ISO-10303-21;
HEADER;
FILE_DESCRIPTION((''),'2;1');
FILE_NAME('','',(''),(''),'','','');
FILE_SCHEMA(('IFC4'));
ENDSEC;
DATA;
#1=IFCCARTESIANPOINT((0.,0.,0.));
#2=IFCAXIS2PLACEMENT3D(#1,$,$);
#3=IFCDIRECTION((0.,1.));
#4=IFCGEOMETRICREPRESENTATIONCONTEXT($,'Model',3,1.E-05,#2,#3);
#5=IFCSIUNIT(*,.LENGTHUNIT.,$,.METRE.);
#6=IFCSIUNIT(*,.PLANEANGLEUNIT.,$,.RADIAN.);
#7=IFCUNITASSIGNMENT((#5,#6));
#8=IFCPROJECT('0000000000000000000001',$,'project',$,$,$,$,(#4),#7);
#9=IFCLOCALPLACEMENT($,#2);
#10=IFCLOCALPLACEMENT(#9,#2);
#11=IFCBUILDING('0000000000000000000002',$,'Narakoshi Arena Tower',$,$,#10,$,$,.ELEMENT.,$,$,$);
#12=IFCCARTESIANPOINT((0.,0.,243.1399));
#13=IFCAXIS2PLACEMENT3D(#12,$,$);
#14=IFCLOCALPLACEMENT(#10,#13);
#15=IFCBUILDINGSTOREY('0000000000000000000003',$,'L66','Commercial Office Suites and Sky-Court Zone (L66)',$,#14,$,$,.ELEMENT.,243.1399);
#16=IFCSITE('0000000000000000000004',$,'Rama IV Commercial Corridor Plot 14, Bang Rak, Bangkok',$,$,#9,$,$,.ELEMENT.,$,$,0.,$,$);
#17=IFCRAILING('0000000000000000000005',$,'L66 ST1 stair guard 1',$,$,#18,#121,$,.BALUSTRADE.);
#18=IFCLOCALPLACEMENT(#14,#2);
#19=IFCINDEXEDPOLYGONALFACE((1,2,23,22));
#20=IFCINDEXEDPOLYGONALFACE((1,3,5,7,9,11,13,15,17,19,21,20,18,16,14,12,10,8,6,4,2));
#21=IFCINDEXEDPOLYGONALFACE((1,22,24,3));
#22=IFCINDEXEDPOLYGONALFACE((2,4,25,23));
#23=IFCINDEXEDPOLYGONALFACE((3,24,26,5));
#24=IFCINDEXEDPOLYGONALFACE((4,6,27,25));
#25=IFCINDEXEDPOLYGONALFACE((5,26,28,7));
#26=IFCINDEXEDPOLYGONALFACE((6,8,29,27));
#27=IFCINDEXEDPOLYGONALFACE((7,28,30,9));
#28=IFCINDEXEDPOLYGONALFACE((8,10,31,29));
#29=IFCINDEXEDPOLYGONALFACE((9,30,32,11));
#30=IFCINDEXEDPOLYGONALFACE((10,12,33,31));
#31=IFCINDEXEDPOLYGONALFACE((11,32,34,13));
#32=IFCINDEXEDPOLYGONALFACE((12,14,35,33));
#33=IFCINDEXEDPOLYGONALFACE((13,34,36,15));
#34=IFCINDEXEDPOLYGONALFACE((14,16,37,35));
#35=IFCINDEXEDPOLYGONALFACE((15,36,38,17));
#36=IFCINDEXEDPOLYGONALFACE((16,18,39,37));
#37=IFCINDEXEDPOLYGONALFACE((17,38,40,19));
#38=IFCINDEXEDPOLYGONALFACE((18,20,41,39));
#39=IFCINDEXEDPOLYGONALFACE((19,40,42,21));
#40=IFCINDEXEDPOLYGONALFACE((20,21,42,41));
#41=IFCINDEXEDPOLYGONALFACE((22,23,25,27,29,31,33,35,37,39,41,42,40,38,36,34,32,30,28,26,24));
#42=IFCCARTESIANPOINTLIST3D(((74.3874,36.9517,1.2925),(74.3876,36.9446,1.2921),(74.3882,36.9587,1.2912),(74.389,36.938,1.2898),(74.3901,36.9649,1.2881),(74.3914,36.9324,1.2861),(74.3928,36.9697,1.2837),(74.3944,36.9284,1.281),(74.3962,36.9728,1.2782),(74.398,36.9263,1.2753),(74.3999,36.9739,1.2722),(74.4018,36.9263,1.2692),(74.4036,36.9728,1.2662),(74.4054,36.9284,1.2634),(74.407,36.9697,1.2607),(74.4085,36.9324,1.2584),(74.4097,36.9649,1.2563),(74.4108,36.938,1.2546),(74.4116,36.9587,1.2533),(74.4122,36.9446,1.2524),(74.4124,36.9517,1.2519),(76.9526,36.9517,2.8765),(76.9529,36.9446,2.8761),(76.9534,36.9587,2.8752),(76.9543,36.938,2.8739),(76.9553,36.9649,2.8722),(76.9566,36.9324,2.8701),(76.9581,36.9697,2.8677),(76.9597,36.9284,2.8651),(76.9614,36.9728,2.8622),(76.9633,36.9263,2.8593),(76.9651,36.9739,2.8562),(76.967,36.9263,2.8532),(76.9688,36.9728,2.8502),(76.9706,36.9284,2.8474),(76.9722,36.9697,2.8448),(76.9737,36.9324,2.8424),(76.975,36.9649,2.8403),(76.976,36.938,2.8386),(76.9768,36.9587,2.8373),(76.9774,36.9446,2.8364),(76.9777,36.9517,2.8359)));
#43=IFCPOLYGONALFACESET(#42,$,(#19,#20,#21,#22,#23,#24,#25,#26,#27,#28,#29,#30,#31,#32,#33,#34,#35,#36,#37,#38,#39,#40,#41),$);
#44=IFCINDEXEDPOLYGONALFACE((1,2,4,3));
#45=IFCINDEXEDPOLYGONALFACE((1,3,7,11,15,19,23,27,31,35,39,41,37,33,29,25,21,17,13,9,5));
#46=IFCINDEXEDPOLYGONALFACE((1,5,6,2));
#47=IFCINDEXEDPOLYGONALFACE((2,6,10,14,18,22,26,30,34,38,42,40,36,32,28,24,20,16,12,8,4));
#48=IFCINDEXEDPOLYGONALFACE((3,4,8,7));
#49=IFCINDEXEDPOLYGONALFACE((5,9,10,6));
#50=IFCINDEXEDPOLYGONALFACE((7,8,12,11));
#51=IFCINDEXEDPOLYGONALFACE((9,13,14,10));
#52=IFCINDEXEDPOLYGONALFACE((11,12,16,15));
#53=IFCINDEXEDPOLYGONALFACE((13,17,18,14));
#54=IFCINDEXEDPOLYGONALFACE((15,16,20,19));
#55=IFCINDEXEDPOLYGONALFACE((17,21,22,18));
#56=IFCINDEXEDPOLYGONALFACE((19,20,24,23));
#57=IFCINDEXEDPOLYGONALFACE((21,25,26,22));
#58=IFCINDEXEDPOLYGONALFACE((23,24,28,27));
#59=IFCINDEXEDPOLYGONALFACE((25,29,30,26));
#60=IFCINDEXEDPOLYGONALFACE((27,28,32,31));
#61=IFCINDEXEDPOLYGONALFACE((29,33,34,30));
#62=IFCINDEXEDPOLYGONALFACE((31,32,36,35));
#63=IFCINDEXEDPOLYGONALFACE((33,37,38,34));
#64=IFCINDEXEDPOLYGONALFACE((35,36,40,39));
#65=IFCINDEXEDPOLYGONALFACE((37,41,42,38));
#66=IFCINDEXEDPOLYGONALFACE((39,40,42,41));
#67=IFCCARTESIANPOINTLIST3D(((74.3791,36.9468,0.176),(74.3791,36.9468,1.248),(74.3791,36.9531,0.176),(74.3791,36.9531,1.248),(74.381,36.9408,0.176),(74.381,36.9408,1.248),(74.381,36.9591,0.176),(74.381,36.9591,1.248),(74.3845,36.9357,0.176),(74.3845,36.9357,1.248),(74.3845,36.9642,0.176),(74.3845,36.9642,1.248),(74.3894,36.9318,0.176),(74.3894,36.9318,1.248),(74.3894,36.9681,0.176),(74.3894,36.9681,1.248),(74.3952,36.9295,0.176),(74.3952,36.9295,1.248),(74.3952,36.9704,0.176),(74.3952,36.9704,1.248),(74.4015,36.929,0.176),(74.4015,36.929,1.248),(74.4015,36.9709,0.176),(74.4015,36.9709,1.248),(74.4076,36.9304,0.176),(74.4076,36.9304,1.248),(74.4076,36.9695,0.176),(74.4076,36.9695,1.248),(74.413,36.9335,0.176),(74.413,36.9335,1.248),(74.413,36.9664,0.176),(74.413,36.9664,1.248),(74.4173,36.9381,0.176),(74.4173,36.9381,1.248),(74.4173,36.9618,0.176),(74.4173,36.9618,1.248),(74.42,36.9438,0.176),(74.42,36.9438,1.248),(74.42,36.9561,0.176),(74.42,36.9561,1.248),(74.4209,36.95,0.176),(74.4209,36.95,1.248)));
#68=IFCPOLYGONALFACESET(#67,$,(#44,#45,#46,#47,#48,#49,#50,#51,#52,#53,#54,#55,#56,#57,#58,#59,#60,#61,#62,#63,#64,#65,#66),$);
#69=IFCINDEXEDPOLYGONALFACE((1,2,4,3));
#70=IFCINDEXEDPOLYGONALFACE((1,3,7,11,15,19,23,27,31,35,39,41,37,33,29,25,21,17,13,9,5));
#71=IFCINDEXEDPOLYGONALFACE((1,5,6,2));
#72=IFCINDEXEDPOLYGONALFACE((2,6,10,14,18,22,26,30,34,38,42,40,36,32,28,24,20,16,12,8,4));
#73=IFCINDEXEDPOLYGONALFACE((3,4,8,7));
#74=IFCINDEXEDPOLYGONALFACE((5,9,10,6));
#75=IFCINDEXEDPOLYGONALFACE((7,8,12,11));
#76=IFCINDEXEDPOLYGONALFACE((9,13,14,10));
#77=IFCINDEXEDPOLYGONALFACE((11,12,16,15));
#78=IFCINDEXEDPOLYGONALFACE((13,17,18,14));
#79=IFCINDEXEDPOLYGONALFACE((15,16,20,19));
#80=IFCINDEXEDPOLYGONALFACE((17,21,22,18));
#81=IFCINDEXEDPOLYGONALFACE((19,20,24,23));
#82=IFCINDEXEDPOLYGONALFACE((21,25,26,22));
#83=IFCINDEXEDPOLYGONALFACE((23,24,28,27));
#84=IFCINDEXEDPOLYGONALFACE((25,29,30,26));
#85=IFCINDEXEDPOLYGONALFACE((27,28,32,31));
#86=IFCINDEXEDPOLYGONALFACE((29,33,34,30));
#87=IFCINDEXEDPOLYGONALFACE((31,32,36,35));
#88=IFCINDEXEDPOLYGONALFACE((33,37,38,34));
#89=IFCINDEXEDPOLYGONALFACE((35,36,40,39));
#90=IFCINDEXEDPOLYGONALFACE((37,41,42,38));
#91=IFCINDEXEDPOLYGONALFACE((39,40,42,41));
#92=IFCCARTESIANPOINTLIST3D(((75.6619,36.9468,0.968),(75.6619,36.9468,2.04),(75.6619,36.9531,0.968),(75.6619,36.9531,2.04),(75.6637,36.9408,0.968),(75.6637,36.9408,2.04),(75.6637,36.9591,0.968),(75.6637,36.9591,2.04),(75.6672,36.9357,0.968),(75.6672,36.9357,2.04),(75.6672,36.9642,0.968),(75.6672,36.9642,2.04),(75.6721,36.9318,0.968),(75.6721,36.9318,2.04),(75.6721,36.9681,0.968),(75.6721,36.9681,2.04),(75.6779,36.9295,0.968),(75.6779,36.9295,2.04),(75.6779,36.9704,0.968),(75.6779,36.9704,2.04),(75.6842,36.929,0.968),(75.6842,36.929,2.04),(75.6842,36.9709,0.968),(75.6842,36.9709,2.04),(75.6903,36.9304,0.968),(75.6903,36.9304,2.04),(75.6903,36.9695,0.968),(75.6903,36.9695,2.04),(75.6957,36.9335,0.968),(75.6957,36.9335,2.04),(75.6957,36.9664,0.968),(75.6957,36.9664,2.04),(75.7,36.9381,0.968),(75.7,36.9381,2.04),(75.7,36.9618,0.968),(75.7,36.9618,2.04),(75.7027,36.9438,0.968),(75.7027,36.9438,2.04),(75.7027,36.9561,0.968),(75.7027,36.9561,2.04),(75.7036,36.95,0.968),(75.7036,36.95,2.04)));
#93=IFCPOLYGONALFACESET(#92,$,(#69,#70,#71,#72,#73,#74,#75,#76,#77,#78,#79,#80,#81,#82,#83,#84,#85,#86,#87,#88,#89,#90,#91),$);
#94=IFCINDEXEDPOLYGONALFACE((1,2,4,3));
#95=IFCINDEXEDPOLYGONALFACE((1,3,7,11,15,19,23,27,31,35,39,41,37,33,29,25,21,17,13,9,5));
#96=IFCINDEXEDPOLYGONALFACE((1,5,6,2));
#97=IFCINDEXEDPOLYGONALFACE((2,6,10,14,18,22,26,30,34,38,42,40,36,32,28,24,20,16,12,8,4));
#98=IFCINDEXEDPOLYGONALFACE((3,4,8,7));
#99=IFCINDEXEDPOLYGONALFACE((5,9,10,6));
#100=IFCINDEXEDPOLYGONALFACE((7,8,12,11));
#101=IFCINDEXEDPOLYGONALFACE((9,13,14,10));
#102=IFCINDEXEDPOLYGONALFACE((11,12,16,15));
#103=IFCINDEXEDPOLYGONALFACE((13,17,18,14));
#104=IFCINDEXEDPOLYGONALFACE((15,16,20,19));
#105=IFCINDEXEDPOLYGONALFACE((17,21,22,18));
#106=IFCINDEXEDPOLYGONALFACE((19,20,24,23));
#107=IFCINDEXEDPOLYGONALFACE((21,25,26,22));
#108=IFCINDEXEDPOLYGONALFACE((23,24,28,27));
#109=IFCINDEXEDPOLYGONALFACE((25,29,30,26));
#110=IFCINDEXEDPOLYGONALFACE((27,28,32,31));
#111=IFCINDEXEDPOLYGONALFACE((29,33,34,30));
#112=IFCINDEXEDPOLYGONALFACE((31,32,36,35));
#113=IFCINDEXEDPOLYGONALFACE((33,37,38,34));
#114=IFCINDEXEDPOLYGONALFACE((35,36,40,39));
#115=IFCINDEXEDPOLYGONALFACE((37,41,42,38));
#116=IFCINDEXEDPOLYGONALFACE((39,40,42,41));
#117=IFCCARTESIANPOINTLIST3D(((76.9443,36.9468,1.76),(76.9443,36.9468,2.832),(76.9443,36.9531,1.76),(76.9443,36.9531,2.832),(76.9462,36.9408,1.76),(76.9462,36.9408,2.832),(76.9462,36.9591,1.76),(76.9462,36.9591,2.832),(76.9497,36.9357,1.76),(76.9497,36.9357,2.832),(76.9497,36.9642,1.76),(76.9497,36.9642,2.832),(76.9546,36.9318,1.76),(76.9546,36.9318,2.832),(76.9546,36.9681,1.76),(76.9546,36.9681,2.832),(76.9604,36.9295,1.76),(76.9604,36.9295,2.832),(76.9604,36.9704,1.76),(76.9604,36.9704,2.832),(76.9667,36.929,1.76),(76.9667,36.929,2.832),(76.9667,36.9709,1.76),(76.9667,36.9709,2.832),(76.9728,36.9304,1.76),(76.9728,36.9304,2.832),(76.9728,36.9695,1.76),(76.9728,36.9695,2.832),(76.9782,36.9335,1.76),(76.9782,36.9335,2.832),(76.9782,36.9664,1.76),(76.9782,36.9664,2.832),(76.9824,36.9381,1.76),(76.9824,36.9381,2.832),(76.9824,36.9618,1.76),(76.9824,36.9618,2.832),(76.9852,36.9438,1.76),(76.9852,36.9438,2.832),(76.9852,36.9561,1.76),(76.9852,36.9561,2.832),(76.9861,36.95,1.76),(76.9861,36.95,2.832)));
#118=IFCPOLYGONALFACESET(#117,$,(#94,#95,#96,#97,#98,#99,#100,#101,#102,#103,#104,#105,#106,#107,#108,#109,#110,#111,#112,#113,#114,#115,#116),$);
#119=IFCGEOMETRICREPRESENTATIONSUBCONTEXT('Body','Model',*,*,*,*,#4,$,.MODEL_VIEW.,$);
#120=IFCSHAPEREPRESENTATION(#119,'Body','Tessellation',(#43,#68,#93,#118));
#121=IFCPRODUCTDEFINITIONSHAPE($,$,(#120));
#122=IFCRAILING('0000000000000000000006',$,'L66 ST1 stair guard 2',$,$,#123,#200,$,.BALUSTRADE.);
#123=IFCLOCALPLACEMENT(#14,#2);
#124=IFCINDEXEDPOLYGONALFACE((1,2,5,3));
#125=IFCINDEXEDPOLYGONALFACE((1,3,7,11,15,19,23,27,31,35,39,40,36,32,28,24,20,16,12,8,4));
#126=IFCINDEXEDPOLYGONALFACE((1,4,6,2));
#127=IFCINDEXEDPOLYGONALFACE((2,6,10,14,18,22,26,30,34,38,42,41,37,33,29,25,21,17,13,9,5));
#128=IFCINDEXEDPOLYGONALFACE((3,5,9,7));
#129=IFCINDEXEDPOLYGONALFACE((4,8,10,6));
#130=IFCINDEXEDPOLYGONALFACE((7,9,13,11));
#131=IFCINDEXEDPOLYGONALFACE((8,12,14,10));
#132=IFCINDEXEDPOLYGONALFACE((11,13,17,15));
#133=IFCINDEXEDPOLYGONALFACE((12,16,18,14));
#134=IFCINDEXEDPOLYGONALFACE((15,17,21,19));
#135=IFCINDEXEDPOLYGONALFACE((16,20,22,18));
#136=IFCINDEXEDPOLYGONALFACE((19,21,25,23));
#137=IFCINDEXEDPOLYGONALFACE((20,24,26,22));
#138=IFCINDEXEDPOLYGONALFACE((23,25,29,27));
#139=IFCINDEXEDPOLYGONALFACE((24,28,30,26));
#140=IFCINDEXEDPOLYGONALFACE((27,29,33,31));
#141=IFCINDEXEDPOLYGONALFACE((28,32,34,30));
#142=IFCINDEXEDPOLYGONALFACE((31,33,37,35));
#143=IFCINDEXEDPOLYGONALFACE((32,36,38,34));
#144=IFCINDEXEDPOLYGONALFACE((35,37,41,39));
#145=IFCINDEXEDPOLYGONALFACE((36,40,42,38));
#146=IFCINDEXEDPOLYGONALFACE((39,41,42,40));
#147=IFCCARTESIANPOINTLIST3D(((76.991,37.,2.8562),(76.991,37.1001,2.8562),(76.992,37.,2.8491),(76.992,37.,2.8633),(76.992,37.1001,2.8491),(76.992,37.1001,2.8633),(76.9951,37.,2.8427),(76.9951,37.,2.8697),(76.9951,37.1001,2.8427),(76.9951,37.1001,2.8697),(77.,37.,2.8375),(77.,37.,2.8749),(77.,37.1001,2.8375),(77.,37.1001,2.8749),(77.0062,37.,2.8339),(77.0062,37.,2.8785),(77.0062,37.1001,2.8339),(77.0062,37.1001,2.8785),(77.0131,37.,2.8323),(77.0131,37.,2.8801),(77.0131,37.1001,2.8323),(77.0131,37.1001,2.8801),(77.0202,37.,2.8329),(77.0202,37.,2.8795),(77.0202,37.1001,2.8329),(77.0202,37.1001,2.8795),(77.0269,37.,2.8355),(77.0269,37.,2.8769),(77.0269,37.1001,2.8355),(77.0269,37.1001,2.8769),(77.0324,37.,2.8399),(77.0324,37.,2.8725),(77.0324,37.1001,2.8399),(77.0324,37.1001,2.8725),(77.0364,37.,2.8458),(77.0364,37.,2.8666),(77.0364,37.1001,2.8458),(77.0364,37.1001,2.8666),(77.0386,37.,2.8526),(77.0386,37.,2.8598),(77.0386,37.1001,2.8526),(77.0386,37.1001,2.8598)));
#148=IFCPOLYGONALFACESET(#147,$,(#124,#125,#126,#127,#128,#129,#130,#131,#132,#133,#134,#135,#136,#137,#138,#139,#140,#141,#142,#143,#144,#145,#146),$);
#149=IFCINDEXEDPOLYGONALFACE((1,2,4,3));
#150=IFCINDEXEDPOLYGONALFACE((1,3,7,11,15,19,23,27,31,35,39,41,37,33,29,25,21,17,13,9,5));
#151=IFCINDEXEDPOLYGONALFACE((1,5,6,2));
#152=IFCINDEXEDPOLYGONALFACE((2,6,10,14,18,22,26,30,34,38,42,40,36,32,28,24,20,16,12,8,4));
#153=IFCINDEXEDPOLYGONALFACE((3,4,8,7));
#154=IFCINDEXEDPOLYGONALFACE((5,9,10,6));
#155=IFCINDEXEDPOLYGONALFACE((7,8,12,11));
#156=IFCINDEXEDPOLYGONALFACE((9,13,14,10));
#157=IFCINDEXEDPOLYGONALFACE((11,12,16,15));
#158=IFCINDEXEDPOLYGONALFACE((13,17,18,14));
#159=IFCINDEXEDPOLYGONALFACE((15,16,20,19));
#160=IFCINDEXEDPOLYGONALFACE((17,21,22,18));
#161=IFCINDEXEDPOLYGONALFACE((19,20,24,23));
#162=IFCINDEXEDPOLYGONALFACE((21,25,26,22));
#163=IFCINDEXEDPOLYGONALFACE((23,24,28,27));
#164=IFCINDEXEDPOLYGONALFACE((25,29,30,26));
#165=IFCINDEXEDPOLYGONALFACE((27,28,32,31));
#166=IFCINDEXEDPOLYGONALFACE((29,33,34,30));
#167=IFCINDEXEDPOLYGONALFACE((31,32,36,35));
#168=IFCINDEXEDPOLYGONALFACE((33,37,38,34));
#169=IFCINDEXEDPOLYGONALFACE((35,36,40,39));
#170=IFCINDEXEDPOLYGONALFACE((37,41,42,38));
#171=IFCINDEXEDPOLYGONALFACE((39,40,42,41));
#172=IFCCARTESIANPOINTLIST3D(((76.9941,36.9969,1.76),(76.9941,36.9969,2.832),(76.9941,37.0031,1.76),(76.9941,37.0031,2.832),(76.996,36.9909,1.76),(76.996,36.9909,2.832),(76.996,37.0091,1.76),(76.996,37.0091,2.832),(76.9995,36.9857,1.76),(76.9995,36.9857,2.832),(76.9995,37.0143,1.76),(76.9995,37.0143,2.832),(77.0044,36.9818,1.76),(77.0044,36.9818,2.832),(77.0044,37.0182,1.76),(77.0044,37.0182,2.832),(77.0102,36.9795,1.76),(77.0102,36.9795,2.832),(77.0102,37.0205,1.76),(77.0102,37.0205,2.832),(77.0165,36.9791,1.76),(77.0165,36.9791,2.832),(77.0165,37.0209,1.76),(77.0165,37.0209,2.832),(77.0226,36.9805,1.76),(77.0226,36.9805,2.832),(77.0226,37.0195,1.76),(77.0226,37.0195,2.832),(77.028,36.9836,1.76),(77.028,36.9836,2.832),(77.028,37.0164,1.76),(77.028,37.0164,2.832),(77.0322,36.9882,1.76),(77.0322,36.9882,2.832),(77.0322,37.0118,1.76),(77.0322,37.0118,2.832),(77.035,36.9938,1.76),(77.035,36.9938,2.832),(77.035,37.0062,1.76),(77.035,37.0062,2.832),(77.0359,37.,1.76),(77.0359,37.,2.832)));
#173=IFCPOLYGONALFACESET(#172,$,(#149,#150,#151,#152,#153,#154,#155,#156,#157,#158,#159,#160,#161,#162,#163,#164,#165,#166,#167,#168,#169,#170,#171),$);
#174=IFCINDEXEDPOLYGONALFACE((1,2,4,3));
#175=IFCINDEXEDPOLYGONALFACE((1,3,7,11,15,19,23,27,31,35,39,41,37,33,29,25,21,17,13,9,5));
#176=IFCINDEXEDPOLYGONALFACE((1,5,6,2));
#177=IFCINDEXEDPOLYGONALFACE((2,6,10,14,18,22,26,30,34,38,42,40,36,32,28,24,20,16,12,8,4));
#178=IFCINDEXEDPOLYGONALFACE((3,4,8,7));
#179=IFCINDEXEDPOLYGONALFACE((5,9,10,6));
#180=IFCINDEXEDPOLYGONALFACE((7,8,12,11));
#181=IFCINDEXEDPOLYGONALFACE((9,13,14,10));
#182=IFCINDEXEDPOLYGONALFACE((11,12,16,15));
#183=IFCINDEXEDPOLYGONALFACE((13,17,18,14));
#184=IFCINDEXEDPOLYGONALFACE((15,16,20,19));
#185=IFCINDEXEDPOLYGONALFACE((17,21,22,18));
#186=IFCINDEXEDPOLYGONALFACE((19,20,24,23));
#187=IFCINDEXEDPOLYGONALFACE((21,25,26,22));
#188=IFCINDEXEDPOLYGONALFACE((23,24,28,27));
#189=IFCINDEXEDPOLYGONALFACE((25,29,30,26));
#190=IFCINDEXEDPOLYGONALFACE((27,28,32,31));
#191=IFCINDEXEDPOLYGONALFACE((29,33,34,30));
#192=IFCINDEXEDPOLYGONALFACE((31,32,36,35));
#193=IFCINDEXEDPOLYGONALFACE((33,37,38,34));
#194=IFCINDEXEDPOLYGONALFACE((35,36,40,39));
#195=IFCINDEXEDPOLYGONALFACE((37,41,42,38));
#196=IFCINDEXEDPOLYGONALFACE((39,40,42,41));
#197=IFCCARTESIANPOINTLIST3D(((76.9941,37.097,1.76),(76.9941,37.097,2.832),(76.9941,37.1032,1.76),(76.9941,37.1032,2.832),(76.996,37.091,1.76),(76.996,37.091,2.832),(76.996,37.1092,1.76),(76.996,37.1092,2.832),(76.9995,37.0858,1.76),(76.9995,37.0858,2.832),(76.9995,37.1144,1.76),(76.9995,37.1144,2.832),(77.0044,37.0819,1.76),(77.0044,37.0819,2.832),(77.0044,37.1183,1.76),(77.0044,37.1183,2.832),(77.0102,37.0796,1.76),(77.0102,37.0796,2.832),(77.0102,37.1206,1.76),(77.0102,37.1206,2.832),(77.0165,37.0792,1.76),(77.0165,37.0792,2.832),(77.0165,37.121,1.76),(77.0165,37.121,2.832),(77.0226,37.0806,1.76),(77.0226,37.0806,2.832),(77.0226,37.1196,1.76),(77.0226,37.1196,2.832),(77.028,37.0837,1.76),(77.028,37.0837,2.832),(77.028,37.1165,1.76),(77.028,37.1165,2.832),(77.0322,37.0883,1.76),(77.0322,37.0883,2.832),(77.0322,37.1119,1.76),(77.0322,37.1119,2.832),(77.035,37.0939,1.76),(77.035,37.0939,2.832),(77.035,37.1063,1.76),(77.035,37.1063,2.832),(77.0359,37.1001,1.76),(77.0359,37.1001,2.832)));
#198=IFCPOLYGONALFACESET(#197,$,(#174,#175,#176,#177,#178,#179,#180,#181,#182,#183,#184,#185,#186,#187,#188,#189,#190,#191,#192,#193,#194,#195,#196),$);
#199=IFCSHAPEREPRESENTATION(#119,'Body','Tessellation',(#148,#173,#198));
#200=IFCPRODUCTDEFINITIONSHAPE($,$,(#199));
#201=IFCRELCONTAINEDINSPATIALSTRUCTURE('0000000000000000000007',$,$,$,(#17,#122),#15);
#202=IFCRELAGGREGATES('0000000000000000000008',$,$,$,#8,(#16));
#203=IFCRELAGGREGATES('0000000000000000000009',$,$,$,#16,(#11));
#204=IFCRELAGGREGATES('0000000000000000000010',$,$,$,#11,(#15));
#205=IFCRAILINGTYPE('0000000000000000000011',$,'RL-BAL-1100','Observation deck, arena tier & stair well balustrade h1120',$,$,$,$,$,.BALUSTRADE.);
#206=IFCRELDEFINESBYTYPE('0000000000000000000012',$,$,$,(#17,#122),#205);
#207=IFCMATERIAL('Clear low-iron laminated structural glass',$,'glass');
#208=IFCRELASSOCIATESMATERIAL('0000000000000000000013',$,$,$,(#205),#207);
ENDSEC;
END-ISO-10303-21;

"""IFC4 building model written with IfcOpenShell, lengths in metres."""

from ifc_helpers import new_model, si_unit, direction, frame, origin, origin_2d, place, context, subcontext, project, spatial, circle, extrude, material, type_object, element, save


model = new_model("IFC4")

# Units and contexts
model_context = context("Model", 3, precision=1e-05, world=origin(), true_north=direction((0.0, 1.0)))
body_context = subcontext(model_context, "Body", "Model", "MODEL_VIEW")
ifc_project = project(units=[si_unit("LENGTHUNIT", "METRE"), si_unit("PLANEANGLEUNIT", "RADIAN")], contexts=[model_context])

# Site, building, storey
site_placement = place(None, origin())
site = spatial("IfcSite", under=ifc_project, at=site_placement, Name="Rama IV Commercial Corridor Plot 14, Bang Rak, Bangkok", CompositionType="ELEMENT", RefElevation=0.0)
building_placement = place(site_placement, origin())
building = spatial("IfcBuilding", under=site, at=building_placement, Name="Narakoshi Arena Tower", CompositionType="ELEMENT")
storey_placement = place(building_placement, frame((0.0, 0.0, 243.1399)))
storey = spatial("IfcBuildingStorey", under=building, at=storey_placement, Name="L66", Description="Commercial Office Suites and Sky-Court Zone (L66)", CompositionType="ELEMENT", Elevation=243.1399)

# Railings
ifc_material_1 = material(Name="Clear low-iron laminated structural glass", Category="glass")
railing_type_1 = type_object("IfcRailingType", Name="RL-BAL-1100", Description="Observation deck, arena tier & stair well balustrade h1120", PredefinedType="BALUSTRADE", material=ifc_material_1)
railing_1_placement = place(storey_placement, frame((74.3999, 36.95, 0.176)))
element("IfcRailing", 1, at=railing_1_placement, inside=storey, type_object=railing_type_1, Name="L66 ST1 stair guard 1", PredefinedType="BALUSTRADE", context=body_context, shape_type="SweptSolid", body=[
    extrude(circle(Radius=0.0239, at=origin_2d()), frame((0.0, 0.0, 1.0962), z_axis=(0.850857, 0.0, 0.525398), x_axis=(0.0, 1.0, 0.0)), (0.0, 0.0, 1.0), 3.0149),
    extrude(circle(Radius=0.021, at=origin_2d()), origin(), (0.0, 0.0, 1.0), 1.072),
    extrude(circle(Radius=0.021, at=origin_2d()), frame((1.2827, 0.0, 0.792)), (0.0, 0.0, 1.0), 1.072),
    extrude(circle(Radius=0.021, at=origin_2d()), frame((2.5652, 0.0, 1.584)), (0.0, 0.0, 1.0), 1.072),
])
railing_2_placement = place(storey_placement, frame((77.0149, 37.0, 1.76)))
element("IfcRailing", 2, at=railing_2_placement, inside=storey, type_object=railing_type_1, Name="L66 ST1 stair guard 2", PredefinedType="BALUSTRADE", context=body_context, shape_type="SweptSolid", body=[
    extrude(circle(Radius=0.0239, at=origin_2d()), frame((0.0, 0.0, 1.0962), z_axis=(0.0, 1.0, 0.0), x_axis=(-1.0, 0.0, 0.0)), (0.0, 0.0, 1.0), 0.1001),
    extrude(circle(Radius=0.021, at=origin_2d()), origin(), (0.0, 0.0, 1.0), 1.072),
    extrude(circle(Radius=0.021, at=origin_2d()), frame((0.0, 0.1001, 0.0)), (0.0, 0.0, 1.0), 1.072),
])

save(model, "model.ifc")
